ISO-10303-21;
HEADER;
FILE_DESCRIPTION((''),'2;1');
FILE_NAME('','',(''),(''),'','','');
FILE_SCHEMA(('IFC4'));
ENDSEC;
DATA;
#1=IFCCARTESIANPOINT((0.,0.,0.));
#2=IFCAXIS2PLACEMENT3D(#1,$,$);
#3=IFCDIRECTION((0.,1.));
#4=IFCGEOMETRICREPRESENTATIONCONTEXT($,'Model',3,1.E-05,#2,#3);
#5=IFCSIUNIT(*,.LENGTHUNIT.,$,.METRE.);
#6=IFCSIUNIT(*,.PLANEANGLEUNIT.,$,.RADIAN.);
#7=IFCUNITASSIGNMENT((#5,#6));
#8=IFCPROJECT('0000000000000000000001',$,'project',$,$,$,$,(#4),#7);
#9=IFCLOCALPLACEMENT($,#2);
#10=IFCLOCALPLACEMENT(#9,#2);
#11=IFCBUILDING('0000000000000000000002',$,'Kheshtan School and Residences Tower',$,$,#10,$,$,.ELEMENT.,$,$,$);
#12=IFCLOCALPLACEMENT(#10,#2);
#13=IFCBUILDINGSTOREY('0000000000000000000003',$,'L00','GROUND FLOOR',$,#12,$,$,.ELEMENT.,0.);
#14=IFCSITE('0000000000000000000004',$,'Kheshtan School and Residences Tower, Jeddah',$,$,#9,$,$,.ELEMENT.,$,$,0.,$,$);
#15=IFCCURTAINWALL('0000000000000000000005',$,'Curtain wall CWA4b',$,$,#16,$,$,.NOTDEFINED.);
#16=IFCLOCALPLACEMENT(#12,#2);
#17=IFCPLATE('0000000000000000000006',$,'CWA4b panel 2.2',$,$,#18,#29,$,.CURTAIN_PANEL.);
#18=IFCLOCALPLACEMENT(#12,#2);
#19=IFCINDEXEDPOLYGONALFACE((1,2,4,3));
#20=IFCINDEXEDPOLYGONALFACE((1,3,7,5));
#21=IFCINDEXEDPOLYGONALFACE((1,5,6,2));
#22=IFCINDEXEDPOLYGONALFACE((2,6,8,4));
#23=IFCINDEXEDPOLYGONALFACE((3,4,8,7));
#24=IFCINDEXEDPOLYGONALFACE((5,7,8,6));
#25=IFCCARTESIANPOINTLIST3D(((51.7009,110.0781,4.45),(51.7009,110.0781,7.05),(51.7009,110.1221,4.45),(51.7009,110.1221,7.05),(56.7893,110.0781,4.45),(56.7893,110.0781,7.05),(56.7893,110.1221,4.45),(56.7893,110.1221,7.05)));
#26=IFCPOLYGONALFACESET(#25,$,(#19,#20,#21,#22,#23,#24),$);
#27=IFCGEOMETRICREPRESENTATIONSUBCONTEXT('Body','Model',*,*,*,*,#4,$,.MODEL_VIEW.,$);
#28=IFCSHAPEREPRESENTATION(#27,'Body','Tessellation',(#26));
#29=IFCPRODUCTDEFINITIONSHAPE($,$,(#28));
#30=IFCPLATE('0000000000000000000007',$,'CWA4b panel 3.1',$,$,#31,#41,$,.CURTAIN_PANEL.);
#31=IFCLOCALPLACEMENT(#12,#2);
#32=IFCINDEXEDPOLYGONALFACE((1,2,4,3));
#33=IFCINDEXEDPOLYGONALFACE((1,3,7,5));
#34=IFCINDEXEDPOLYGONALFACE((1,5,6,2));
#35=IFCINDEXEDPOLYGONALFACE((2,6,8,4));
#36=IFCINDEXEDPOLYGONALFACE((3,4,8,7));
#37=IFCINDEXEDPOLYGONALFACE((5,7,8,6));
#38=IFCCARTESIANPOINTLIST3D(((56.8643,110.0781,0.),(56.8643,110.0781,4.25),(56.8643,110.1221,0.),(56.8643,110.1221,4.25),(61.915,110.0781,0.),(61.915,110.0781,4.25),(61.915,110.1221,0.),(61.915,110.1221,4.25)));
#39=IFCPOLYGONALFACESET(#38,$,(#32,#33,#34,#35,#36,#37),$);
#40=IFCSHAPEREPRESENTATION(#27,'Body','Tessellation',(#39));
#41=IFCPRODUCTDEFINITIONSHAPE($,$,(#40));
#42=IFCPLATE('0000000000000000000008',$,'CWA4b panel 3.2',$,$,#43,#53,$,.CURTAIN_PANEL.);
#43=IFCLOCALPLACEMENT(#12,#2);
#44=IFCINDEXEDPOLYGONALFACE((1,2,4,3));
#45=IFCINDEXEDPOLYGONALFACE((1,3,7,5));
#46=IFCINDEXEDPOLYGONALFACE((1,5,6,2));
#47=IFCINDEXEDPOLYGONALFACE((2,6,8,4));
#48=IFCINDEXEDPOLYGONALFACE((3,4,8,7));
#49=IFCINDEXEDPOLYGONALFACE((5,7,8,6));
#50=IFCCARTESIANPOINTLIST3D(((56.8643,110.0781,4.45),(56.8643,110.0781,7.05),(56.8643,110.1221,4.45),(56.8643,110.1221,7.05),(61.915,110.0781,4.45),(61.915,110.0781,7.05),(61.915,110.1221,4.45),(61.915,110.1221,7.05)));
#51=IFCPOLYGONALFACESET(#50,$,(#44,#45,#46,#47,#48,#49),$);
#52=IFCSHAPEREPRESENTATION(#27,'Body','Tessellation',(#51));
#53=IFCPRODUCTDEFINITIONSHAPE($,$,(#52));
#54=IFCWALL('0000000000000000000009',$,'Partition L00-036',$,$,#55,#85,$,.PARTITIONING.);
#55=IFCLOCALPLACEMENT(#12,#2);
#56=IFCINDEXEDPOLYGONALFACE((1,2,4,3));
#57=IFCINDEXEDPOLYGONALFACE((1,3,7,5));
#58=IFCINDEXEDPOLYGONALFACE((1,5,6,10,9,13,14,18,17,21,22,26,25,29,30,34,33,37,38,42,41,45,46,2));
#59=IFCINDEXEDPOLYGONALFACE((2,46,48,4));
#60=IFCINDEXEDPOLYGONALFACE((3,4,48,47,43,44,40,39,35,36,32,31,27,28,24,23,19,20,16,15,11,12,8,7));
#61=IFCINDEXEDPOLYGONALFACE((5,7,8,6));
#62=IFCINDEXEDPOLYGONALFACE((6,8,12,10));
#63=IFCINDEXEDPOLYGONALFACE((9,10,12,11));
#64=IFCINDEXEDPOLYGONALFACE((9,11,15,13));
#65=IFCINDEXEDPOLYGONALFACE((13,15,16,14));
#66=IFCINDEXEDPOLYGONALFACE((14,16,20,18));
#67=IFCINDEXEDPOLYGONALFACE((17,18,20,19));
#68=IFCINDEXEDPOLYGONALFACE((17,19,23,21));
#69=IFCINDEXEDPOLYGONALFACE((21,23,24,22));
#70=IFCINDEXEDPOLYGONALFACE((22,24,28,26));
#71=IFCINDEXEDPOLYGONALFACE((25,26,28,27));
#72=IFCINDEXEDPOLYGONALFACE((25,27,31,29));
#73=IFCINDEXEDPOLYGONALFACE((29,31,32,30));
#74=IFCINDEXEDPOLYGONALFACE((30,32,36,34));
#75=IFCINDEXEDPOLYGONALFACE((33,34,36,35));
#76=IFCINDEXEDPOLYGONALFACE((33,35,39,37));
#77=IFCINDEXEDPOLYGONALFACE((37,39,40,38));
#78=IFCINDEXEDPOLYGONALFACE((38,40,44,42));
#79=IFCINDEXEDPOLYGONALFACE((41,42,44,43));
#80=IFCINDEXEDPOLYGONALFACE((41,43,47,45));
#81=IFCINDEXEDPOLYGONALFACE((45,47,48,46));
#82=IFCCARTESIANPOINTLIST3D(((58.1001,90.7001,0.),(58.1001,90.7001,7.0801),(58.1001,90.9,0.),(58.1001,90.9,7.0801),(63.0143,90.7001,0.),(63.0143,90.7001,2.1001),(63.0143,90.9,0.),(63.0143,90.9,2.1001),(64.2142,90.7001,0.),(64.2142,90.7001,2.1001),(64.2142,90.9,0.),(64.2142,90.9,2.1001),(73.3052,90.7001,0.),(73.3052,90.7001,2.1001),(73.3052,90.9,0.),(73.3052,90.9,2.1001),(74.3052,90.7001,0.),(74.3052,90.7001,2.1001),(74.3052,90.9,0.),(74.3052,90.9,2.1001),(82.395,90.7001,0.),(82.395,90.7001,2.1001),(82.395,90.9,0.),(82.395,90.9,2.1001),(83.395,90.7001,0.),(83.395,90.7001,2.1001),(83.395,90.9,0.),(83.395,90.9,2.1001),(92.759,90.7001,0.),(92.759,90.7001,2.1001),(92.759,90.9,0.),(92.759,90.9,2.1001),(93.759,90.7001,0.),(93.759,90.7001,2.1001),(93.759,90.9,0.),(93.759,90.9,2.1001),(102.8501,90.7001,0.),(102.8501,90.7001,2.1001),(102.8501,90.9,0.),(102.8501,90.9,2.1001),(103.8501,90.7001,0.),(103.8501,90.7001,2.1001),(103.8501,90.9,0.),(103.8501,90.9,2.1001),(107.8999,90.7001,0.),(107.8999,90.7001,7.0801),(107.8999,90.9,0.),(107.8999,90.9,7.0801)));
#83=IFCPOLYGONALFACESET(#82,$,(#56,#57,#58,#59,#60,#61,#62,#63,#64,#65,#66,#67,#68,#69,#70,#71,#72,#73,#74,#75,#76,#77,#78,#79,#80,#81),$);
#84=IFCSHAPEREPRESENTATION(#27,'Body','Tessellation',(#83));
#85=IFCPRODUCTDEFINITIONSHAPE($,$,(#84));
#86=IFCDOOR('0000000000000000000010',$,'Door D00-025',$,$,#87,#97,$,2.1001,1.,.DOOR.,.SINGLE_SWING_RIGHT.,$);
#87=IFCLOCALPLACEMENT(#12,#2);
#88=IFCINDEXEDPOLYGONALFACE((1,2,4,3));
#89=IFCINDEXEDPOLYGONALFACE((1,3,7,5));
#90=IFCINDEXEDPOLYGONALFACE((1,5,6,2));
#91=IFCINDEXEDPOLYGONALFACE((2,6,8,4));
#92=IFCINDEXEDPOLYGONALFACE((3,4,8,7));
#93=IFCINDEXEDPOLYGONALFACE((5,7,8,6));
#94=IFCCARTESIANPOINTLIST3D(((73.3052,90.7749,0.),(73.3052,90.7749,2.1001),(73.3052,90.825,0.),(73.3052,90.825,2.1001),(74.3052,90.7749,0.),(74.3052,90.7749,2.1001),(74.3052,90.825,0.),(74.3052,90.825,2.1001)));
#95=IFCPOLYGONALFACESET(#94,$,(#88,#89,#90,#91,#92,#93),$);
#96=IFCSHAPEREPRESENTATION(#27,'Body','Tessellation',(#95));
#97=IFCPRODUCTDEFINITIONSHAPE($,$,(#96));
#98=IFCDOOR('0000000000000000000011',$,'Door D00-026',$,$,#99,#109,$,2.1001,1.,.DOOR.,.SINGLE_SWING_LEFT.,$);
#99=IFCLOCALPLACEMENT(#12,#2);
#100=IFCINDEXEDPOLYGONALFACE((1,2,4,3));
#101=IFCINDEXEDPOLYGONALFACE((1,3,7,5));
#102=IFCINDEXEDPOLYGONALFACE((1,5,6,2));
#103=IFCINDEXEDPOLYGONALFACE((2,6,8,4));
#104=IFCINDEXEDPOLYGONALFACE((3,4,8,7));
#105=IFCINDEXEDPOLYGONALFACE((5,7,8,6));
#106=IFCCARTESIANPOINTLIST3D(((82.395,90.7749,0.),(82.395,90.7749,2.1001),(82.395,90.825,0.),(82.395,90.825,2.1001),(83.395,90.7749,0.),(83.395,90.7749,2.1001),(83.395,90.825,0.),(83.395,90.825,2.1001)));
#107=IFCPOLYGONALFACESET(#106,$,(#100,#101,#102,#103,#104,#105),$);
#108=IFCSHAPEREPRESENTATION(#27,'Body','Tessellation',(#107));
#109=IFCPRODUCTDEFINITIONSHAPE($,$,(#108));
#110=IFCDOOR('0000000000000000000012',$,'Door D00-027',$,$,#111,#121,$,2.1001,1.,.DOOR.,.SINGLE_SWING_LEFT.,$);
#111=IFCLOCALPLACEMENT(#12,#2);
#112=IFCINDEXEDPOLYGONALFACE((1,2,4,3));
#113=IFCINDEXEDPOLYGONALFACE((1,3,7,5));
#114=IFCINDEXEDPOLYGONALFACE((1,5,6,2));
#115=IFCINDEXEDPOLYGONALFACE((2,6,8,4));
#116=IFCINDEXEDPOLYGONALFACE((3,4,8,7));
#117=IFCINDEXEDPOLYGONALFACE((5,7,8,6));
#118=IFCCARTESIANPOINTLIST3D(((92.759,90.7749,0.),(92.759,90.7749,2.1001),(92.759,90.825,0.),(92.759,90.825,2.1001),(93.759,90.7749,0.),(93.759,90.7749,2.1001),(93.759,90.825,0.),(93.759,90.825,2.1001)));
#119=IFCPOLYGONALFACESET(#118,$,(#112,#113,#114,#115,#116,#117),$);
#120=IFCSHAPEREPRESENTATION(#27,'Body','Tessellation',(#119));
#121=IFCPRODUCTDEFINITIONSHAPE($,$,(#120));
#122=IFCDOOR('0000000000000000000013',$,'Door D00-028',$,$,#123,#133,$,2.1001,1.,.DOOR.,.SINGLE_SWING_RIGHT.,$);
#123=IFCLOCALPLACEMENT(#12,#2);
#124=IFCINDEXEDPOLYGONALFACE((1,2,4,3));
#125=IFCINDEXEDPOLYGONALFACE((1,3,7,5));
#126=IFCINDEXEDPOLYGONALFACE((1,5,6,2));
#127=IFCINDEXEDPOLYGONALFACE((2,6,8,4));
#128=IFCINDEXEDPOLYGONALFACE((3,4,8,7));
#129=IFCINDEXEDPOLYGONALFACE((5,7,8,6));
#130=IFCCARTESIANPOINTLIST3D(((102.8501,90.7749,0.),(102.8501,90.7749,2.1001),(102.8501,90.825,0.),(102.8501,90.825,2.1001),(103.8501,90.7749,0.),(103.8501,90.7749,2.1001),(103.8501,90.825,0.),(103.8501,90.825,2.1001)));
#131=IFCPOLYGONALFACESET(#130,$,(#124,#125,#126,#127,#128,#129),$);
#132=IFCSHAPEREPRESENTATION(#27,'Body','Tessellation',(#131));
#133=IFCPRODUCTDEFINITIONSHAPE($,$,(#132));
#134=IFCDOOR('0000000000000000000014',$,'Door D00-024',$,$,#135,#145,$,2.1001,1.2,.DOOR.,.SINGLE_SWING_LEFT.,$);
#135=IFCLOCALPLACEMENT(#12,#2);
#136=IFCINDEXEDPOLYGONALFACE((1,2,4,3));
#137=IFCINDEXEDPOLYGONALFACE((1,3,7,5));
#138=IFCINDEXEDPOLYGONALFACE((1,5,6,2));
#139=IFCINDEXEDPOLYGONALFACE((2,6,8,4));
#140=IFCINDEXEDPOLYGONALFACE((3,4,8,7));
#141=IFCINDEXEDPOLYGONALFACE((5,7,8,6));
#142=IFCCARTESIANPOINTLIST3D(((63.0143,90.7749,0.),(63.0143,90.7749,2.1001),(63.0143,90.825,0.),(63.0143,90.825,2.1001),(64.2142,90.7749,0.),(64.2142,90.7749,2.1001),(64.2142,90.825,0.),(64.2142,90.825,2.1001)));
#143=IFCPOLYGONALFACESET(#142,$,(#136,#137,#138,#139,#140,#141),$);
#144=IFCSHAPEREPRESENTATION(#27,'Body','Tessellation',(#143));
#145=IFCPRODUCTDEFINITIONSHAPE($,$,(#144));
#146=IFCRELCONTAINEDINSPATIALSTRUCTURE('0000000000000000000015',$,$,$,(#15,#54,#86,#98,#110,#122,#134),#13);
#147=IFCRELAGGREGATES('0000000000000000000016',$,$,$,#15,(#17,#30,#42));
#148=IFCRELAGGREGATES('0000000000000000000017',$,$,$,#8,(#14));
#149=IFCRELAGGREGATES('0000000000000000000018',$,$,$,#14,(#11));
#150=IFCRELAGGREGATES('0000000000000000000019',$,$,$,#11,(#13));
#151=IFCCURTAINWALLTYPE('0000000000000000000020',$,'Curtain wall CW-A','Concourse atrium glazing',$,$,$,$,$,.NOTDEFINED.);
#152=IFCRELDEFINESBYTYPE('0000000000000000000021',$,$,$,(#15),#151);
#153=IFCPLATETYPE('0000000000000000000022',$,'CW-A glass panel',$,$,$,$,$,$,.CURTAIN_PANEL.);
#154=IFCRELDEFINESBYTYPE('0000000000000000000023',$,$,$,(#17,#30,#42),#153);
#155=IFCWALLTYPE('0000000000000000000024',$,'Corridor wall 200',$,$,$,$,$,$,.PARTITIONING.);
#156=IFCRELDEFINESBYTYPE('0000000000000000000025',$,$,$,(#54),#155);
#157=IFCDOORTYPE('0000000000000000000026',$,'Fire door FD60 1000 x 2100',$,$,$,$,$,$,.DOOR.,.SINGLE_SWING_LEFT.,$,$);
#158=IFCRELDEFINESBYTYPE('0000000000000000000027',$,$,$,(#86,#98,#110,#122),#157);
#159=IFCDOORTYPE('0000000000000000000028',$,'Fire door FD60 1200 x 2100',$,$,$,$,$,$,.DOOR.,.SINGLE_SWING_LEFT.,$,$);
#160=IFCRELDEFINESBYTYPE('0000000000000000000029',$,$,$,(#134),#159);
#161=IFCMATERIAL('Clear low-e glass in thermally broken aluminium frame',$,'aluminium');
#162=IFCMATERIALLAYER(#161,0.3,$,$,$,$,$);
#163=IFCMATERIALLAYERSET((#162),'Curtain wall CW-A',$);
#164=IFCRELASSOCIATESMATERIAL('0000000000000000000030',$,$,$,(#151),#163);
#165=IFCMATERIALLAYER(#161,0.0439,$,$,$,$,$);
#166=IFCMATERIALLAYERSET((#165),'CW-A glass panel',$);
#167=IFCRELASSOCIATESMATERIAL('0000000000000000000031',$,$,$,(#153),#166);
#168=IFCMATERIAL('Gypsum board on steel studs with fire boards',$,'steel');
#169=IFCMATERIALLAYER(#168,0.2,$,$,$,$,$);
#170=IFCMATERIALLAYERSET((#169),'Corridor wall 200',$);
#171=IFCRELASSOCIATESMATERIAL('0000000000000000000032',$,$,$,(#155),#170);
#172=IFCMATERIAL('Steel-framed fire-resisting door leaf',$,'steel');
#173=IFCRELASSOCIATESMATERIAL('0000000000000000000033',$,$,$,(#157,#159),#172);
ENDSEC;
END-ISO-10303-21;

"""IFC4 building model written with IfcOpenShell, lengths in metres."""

from ifc_helpers import new_model, si_unit, direction, frame, frame_2d, origin, origin_2d, place, context, subcontext, project, spatial, rectangle, extrude, source, transform, mapped, material, layer, layer_set, type_object, element, fill, aggregate, save


model = new_model("IFC4")

# Units and contexts
model_context = context("Model", 3, precision=1e-05, world=origin(), true_north=direction((0.0, 1.0)))
body_context = subcontext(model_context, "Body", "Model", "MODEL_VIEW")
ifc_project = project(units=[si_unit("LENGTHUNIT", "METRE"), si_unit("PLANEANGLEUNIT", "RADIAN")], contexts=[model_context])

# Site, building, storey
site_placement = place(None, origin())
site = spatial("IfcSite", under=ifc_project, at=site_placement, Name="Kheshtan School and Residences Tower, Jeddah", CompositionType="ELEMENT", RefElevation=0.0)
building_placement = place(site_placement, origin())
building = spatial("IfcBuilding", under=site, at=building_placement, Name="Kheshtan School and Residences Tower", CompositionType="ELEMENT")
storey_placement = place(building_placement, origin())
storey = spatial("IfcBuildingStorey", under=building, at=storey_placement, Name="L00", Description="GROUND FLOOR", CompositionType="ELEMENT", Elevation=0.0)

# Curtain wall
ifc_material_1 = material(Name="Clear low-e glass in thermally broken aluminium frame", Category="aluminium")
ifc_layer_1 = layer(ifc_material_1, 0.3)
ifc_layer_set_1 = layer_set([ifc_layer_1], Name="Curtain wall CW-A")
curtain_wall_type = type_object("IfcCurtainWallType", Name="Curtain wall CW-A", Description="Concourse atrium glazing", PredefinedType="NOTDEFINED", material=ifc_layer_set_1)
curtain_wall_1_placement = place(storey_placement, origin())
curtain_wall_1 = element("IfcCurtainWall", 1, at=curtain_wall_1_placement, inside=storey, type_object=curtain_wall_type, Name="Curtain wall CWA4b", PredefinedType="NOTDEFINED")

# Plates
ifc_layer_2 = layer(ifc_material_1, 0.0439)
ifc_layer_set_2 = layer_set([ifc_layer_2], Name="CW-A glass panel")
plate_type = type_object("IfcPlateType", Name="CW-A glass panel", PredefinedType="CURTAIN_PANEL", material=ifc_layer_set_2)
plate_1_placement = place(storey_placement, frame((54.2451, 110.1001, 4.45), z_axis=(0.0, 0.0, 1.0), x_axis=(1.0, 0.0, 0.0)))
plate_1 = element("IfcPlate", 2, at=plate_1_placement, type_object=plate_type, Name="CWA4b panel 2.2", PredefinedType="CURTAIN_PANEL", context=body_context, shape_type="SweptSolid", body=[
    extrude(rectangle(XDim=5.0884, YDim=0.0439, at=origin_2d()), origin(), (0.0, 0.0, 1.0), 2.6001),
])
plate_2_placement = place(storey_placement, frame((59.3896, 110.1001, 0.0), z_axis=(0.0, 0.0, 1.0), x_axis=(1.0, 0.0, 0.0)))
plate_2 = element("IfcPlate", 3, at=plate_2_placement, type_object=plate_type, Name="CWA4b panel 3.1", PredefinedType="CURTAIN_PANEL", context=body_context, shape_type="SweptSolid", body=[
    extrude(rectangle(XDim=5.0508, YDim=0.0439, at=origin_2d()), origin(), (0.0, 0.0, 1.0), 4.25),
])
plate_3_placement = place(storey_placement, frame((59.3896, 110.1001, 4.45), z_axis=(0.0, 0.0, 1.0), x_axis=(1.0, 0.0, 0.0)))
plate_3 = element("IfcPlate", 4, at=plate_3_placement, type_object=plate_type, Name="CWA4b panel 3.2", PredefinedType="CURTAIN_PANEL", context=body_context, shape_type="SweptSolid", body=[
    extrude(rectangle(XDim=5.0508, YDim=0.0439, at=origin_2d()), origin(), (0.0, 0.0, 1.0), 2.6001),
])
aggregate(curtain_wall_1, [plate_1, plate_2, plate_3])

# Wall, openings, doors
ifc_material_2 = material(Name="Gypsum board on steel studs with fire boards", Category="steel")
ifc_layer_3 = layer(ifc_material_2, 0.2)
ifc_layer_set_3 = layer_set([ifc_layer_3], Name="Corridor wall 200")
wall_type_1 = type_object("IfcWallType", Name="Corridor wall 200", PredefinedType="PARTITIONING", material=ifc_layer_set_3)
wall_1_placement = place(storey_placement, frame((58.1001, 90.8, 0.0), z_axis=(0.0, 0.0, 1.0), x_axis=(1.0, 0.0, 0.0)))
wall_1 = element("IfcWall", 5, at=wall_1_placement, inside=storey, type_object=wall_type_1, Name="Partition L00-036", PredefinedType="PARTITIONING", context=body_context, shape_type="SweptSolid", body=[
    extrude(rectangle(XDim=49.7998, YDim=0.2, at=frame_2d((24.8999, 0.0))), origin(), (0.0, 0.0, 1.0), 7.0801),
])
opening_1_placement = place(wall_1_placement, frame((4.9141, 0.0, 0.0)))
opening_1 = element("IfcOpeningElement", 6, at=opening_1_placement, cuts=wall_1, PredefinedType="OPENING", context=body_context, shape_type="SweptSolid", body=[
    extrude(rectangle(XDim=1.2, YDim=2.1001, at=frame_2d((0.6001, 1.05))), frame((0.0, 0.1099, 0.0), z_axis=(0.0, -1.0, 0.0), x_axis=(1.0, 0.0, 0.0)), (0.0, 0.0, 1.0), 0.22),
])
opening_2_placement = place(wall_1_placement, frame((15.2051, 0.0, 0.0)))
opening_2 = element("IfcOpeningElement", 7, at=opening_2_placement, cuts=wall_1, PredefinedType="OPENING", context=body_context, shape_type="SweptSolid", body=[
    extrude(rectangle(XDim=1.0, YDim=2.1001, at=frame_2d((0.5, 1.05))), frame((0.0, 0.1099, 0.0), z_axis=(0.0, -1.0, 0.0), x_axis=(1.0, 0.0, 0.0)), (0.0, 0.0, 1.0), 0.22),
])
opening_3_placement = place(wall_1_placement, frame((24.2949, 0.0, 0.0)))
opening_3 = element("IfcOpeningElement", 8, at=opening_3_placement, cuts=wall_1, PredefinedType="OPENING", context=body_context, shape_type="SweptSolid", body=[
    extrude(rectangle(XDim=1.0, YDim=2.1001, at=frame_2d((0.5, 1.05))), frame((0.0, 0.1099, 0.0), z_axis=(0.0, -1.0, 0.0), x_axis=(1.0, 0.0, 0.0)), (0.0, 0.0, 1.0), 0.22),
])
opening_4_placement = place(wall_1_placement, frame((34.6589, 0.0, 0.0)))
opening_4 = element("IfcOpeningElement", 9, at=opening_4_placement, cuts=wall_1, PredefinedType="OPENING", context=body_context, shape_type="SweptSolid", body=[
    extrude(rectangle(XDim=1.0, YDim=2.1001, at=frame_2d((0.5, 1.05))), frame((0.0, 0.1099, 0.0), z_axis=(0.0, -1.0, 0.0), x_axis=(1.0, 0.0, 0.0)), (0.0, 0.0, 1.0), 0.22),
])
opening_5_placement = place(wall_1_placement, frame((44.75, 0.0, 0.0)))
opening_5 = element("IfcOpeningElement", 10, at=opening_5_placement, cuts=wall_1, PredefinedType="OPENING", context=body_context, shape_type="SweptSolid", body=[
    extrude(rectangle(XDim=1.0, YDim=2.1001, at=frame_2d((0.5, 1.05))), frame((0.0, 0.1099, 0.0), z_axis=(0.0, -1.0, 0.0), x_axis=(1.0, 0.0, 0.0)), (0.0, 0.0, 1.0), 0.22),
])
ifc_material_3 = material(Name="Steel-framed fire-resisting door leaf", Category="steel")
door_type_1 = type_object("IfcDoorType", Name="Fire door FD60 1000 x 2100", OperationType="SINGLE_SWING_LEFT", PredefinedType="DOOR", material=ifc_material_3)
shared_shape_1 = source(origin(), body_context, "Body", "SweptSolid", [
    extrude(rectangle(XDim=1.0, YDim=2.1001, at=frame_2d((0.5, 1.05))), frame((0.0, 0.0249, 0.0), z_axis=(0.0, -1.0, 0.0), x_axis=(1.0, 0.0, 0.0)), (0.0, 0.0, 1.0), 0.05),
])
door_1_placement = place(opening_2_placement, origin())
door_1 = element("IfcDoor", 11, at=door_1_placement, inside=storey, type_object=door_type_1, Name="Door D00-025", OperationType="SINGLE_SWING_RIGHT", OverallHeight=2.1001, OverallWidth=1.0, PredefinedType="DOOR", context=body_context, shape_type="MappedRepresentation", body=[
    mapped(shared_shape_1, transform((0.0, 0.0, 0.0), x_axis=(1.0, 0.0, 0.0), y_axis=(0.0, 1.0, 0.0), z_axis=(0.0, 0.0, 1.0), scale=1.0)),
])
fill(opening_2, door_1)
door_2_placement = place(opening_3_placement, origin())
door_2 = element("IfcDoor", 12, at=door_2_placement, inside=storey, type_object=door_type_1, Name="Door D00-026", OperationType="SINGLE_SWING_LEFT", OverallHeight=2.1001, OverallWidth=1.0, PredefinedType="DOOR", context=body_context, shape_type="MappedRepresentation", body=[
    mapped(shared_shape_1, transform((0.0, 0.0, 0.0), x_axis=(1.0, 0.0, 0.0), y_axis=(0.0, 1.0, 0.0), z_axis=(0.0, 0.0, 1.0), scale=1.0)),
])
fill(opening_3, door_2)
door_3_placement = place(opening_4_placement, origin())
door_3 = element("IfcDoor", 13, at=door_3_placement, inside=storey, type_object=door_type_1, Name="Door D00-027", OperationType="SINGLE_SWING_LEFT", OverallHeight=2.1001, OverallWidth=1.0, PredefinedType="DOOR", context=body_context, shape_type="MappedRepresentation", body=[
    mapped(shared_shape_1, transform((0.0, 0.0, 0.0), x_axis=(1.0, 0.0, 0.0), y_axis=(0.0, 1.0, 0.0), z_axis=(0.0, 0.0, 1.0), scale=1.0)),
])
fill(opening_4, door_3)
door_4_placement = place(opening_5_placement, origin())
door_4 = element("IfcDoor", 14, at=door_4_placement, inside=storey, type_object=door_type_1, Name="Door D00-028", OperationType="SINGLE_SWING_RIGHT", OverallHeight=2.1001, OverallWidth=1.0, PredefinedType="DOOR", context=body_context, shape_type="MappedRepresentation", body=[
    mapped(shared_shape_1, transform((0.0, 0.0, 0.0), x_axis=(1.0, 0.0, 0.0), y_axis=(0.0, 1.0, 0.0), z_axis=(0.0, 0.0, 1.0), scale=1.0)),
])
fill(opening_5, door_4)
door_type_2 = type_object("IfcDoorType", Name="Fire door FD60 1200 x 2100", OperationType="SINGLE_SWING_LEFT", PredefinedType="DOOR", material=ifc_material_3)
shared_shape_2 = source(origin(), body_context, "Body", "SweptSolid", [
    extrude(rectangle(XDim=1.2, YDim=2.1001, at=frame_2d((0.6001, 1.05))), frame((0.0, 0.0249, 0.0), z_axis=(0.0, -1.0, 0.0), x_axis=(1.0, 0.0, 0.0)), (0.0, 0.0, 1.0), 0.05),
])
door_5_placement = place(opening_1_placement, origin())
door_5 = element("IfcDoor", 15, at=door_5_placement, inside=storey, type_object=door_type_2, Name="Door D00-024", OperationType="SINGLE_SWING_LEFT", OverallHeight=2.1001, OverallWidth=1.2, PredefinedType="DOOR", context=body_context, shape_type="MappedRepresentation", body=[
    mapped(shared_shape_2, transform((0.0, 0.0, 0.0), x_axis=(1.0, 0.0, 0.0), y_axis=(0.0, 1.0, 0.0), z_axis=(0.0, 0.0, 1.0), scale=1.0)),
])
fill(opening_1, door_5)

save(model, "model.ifc")
